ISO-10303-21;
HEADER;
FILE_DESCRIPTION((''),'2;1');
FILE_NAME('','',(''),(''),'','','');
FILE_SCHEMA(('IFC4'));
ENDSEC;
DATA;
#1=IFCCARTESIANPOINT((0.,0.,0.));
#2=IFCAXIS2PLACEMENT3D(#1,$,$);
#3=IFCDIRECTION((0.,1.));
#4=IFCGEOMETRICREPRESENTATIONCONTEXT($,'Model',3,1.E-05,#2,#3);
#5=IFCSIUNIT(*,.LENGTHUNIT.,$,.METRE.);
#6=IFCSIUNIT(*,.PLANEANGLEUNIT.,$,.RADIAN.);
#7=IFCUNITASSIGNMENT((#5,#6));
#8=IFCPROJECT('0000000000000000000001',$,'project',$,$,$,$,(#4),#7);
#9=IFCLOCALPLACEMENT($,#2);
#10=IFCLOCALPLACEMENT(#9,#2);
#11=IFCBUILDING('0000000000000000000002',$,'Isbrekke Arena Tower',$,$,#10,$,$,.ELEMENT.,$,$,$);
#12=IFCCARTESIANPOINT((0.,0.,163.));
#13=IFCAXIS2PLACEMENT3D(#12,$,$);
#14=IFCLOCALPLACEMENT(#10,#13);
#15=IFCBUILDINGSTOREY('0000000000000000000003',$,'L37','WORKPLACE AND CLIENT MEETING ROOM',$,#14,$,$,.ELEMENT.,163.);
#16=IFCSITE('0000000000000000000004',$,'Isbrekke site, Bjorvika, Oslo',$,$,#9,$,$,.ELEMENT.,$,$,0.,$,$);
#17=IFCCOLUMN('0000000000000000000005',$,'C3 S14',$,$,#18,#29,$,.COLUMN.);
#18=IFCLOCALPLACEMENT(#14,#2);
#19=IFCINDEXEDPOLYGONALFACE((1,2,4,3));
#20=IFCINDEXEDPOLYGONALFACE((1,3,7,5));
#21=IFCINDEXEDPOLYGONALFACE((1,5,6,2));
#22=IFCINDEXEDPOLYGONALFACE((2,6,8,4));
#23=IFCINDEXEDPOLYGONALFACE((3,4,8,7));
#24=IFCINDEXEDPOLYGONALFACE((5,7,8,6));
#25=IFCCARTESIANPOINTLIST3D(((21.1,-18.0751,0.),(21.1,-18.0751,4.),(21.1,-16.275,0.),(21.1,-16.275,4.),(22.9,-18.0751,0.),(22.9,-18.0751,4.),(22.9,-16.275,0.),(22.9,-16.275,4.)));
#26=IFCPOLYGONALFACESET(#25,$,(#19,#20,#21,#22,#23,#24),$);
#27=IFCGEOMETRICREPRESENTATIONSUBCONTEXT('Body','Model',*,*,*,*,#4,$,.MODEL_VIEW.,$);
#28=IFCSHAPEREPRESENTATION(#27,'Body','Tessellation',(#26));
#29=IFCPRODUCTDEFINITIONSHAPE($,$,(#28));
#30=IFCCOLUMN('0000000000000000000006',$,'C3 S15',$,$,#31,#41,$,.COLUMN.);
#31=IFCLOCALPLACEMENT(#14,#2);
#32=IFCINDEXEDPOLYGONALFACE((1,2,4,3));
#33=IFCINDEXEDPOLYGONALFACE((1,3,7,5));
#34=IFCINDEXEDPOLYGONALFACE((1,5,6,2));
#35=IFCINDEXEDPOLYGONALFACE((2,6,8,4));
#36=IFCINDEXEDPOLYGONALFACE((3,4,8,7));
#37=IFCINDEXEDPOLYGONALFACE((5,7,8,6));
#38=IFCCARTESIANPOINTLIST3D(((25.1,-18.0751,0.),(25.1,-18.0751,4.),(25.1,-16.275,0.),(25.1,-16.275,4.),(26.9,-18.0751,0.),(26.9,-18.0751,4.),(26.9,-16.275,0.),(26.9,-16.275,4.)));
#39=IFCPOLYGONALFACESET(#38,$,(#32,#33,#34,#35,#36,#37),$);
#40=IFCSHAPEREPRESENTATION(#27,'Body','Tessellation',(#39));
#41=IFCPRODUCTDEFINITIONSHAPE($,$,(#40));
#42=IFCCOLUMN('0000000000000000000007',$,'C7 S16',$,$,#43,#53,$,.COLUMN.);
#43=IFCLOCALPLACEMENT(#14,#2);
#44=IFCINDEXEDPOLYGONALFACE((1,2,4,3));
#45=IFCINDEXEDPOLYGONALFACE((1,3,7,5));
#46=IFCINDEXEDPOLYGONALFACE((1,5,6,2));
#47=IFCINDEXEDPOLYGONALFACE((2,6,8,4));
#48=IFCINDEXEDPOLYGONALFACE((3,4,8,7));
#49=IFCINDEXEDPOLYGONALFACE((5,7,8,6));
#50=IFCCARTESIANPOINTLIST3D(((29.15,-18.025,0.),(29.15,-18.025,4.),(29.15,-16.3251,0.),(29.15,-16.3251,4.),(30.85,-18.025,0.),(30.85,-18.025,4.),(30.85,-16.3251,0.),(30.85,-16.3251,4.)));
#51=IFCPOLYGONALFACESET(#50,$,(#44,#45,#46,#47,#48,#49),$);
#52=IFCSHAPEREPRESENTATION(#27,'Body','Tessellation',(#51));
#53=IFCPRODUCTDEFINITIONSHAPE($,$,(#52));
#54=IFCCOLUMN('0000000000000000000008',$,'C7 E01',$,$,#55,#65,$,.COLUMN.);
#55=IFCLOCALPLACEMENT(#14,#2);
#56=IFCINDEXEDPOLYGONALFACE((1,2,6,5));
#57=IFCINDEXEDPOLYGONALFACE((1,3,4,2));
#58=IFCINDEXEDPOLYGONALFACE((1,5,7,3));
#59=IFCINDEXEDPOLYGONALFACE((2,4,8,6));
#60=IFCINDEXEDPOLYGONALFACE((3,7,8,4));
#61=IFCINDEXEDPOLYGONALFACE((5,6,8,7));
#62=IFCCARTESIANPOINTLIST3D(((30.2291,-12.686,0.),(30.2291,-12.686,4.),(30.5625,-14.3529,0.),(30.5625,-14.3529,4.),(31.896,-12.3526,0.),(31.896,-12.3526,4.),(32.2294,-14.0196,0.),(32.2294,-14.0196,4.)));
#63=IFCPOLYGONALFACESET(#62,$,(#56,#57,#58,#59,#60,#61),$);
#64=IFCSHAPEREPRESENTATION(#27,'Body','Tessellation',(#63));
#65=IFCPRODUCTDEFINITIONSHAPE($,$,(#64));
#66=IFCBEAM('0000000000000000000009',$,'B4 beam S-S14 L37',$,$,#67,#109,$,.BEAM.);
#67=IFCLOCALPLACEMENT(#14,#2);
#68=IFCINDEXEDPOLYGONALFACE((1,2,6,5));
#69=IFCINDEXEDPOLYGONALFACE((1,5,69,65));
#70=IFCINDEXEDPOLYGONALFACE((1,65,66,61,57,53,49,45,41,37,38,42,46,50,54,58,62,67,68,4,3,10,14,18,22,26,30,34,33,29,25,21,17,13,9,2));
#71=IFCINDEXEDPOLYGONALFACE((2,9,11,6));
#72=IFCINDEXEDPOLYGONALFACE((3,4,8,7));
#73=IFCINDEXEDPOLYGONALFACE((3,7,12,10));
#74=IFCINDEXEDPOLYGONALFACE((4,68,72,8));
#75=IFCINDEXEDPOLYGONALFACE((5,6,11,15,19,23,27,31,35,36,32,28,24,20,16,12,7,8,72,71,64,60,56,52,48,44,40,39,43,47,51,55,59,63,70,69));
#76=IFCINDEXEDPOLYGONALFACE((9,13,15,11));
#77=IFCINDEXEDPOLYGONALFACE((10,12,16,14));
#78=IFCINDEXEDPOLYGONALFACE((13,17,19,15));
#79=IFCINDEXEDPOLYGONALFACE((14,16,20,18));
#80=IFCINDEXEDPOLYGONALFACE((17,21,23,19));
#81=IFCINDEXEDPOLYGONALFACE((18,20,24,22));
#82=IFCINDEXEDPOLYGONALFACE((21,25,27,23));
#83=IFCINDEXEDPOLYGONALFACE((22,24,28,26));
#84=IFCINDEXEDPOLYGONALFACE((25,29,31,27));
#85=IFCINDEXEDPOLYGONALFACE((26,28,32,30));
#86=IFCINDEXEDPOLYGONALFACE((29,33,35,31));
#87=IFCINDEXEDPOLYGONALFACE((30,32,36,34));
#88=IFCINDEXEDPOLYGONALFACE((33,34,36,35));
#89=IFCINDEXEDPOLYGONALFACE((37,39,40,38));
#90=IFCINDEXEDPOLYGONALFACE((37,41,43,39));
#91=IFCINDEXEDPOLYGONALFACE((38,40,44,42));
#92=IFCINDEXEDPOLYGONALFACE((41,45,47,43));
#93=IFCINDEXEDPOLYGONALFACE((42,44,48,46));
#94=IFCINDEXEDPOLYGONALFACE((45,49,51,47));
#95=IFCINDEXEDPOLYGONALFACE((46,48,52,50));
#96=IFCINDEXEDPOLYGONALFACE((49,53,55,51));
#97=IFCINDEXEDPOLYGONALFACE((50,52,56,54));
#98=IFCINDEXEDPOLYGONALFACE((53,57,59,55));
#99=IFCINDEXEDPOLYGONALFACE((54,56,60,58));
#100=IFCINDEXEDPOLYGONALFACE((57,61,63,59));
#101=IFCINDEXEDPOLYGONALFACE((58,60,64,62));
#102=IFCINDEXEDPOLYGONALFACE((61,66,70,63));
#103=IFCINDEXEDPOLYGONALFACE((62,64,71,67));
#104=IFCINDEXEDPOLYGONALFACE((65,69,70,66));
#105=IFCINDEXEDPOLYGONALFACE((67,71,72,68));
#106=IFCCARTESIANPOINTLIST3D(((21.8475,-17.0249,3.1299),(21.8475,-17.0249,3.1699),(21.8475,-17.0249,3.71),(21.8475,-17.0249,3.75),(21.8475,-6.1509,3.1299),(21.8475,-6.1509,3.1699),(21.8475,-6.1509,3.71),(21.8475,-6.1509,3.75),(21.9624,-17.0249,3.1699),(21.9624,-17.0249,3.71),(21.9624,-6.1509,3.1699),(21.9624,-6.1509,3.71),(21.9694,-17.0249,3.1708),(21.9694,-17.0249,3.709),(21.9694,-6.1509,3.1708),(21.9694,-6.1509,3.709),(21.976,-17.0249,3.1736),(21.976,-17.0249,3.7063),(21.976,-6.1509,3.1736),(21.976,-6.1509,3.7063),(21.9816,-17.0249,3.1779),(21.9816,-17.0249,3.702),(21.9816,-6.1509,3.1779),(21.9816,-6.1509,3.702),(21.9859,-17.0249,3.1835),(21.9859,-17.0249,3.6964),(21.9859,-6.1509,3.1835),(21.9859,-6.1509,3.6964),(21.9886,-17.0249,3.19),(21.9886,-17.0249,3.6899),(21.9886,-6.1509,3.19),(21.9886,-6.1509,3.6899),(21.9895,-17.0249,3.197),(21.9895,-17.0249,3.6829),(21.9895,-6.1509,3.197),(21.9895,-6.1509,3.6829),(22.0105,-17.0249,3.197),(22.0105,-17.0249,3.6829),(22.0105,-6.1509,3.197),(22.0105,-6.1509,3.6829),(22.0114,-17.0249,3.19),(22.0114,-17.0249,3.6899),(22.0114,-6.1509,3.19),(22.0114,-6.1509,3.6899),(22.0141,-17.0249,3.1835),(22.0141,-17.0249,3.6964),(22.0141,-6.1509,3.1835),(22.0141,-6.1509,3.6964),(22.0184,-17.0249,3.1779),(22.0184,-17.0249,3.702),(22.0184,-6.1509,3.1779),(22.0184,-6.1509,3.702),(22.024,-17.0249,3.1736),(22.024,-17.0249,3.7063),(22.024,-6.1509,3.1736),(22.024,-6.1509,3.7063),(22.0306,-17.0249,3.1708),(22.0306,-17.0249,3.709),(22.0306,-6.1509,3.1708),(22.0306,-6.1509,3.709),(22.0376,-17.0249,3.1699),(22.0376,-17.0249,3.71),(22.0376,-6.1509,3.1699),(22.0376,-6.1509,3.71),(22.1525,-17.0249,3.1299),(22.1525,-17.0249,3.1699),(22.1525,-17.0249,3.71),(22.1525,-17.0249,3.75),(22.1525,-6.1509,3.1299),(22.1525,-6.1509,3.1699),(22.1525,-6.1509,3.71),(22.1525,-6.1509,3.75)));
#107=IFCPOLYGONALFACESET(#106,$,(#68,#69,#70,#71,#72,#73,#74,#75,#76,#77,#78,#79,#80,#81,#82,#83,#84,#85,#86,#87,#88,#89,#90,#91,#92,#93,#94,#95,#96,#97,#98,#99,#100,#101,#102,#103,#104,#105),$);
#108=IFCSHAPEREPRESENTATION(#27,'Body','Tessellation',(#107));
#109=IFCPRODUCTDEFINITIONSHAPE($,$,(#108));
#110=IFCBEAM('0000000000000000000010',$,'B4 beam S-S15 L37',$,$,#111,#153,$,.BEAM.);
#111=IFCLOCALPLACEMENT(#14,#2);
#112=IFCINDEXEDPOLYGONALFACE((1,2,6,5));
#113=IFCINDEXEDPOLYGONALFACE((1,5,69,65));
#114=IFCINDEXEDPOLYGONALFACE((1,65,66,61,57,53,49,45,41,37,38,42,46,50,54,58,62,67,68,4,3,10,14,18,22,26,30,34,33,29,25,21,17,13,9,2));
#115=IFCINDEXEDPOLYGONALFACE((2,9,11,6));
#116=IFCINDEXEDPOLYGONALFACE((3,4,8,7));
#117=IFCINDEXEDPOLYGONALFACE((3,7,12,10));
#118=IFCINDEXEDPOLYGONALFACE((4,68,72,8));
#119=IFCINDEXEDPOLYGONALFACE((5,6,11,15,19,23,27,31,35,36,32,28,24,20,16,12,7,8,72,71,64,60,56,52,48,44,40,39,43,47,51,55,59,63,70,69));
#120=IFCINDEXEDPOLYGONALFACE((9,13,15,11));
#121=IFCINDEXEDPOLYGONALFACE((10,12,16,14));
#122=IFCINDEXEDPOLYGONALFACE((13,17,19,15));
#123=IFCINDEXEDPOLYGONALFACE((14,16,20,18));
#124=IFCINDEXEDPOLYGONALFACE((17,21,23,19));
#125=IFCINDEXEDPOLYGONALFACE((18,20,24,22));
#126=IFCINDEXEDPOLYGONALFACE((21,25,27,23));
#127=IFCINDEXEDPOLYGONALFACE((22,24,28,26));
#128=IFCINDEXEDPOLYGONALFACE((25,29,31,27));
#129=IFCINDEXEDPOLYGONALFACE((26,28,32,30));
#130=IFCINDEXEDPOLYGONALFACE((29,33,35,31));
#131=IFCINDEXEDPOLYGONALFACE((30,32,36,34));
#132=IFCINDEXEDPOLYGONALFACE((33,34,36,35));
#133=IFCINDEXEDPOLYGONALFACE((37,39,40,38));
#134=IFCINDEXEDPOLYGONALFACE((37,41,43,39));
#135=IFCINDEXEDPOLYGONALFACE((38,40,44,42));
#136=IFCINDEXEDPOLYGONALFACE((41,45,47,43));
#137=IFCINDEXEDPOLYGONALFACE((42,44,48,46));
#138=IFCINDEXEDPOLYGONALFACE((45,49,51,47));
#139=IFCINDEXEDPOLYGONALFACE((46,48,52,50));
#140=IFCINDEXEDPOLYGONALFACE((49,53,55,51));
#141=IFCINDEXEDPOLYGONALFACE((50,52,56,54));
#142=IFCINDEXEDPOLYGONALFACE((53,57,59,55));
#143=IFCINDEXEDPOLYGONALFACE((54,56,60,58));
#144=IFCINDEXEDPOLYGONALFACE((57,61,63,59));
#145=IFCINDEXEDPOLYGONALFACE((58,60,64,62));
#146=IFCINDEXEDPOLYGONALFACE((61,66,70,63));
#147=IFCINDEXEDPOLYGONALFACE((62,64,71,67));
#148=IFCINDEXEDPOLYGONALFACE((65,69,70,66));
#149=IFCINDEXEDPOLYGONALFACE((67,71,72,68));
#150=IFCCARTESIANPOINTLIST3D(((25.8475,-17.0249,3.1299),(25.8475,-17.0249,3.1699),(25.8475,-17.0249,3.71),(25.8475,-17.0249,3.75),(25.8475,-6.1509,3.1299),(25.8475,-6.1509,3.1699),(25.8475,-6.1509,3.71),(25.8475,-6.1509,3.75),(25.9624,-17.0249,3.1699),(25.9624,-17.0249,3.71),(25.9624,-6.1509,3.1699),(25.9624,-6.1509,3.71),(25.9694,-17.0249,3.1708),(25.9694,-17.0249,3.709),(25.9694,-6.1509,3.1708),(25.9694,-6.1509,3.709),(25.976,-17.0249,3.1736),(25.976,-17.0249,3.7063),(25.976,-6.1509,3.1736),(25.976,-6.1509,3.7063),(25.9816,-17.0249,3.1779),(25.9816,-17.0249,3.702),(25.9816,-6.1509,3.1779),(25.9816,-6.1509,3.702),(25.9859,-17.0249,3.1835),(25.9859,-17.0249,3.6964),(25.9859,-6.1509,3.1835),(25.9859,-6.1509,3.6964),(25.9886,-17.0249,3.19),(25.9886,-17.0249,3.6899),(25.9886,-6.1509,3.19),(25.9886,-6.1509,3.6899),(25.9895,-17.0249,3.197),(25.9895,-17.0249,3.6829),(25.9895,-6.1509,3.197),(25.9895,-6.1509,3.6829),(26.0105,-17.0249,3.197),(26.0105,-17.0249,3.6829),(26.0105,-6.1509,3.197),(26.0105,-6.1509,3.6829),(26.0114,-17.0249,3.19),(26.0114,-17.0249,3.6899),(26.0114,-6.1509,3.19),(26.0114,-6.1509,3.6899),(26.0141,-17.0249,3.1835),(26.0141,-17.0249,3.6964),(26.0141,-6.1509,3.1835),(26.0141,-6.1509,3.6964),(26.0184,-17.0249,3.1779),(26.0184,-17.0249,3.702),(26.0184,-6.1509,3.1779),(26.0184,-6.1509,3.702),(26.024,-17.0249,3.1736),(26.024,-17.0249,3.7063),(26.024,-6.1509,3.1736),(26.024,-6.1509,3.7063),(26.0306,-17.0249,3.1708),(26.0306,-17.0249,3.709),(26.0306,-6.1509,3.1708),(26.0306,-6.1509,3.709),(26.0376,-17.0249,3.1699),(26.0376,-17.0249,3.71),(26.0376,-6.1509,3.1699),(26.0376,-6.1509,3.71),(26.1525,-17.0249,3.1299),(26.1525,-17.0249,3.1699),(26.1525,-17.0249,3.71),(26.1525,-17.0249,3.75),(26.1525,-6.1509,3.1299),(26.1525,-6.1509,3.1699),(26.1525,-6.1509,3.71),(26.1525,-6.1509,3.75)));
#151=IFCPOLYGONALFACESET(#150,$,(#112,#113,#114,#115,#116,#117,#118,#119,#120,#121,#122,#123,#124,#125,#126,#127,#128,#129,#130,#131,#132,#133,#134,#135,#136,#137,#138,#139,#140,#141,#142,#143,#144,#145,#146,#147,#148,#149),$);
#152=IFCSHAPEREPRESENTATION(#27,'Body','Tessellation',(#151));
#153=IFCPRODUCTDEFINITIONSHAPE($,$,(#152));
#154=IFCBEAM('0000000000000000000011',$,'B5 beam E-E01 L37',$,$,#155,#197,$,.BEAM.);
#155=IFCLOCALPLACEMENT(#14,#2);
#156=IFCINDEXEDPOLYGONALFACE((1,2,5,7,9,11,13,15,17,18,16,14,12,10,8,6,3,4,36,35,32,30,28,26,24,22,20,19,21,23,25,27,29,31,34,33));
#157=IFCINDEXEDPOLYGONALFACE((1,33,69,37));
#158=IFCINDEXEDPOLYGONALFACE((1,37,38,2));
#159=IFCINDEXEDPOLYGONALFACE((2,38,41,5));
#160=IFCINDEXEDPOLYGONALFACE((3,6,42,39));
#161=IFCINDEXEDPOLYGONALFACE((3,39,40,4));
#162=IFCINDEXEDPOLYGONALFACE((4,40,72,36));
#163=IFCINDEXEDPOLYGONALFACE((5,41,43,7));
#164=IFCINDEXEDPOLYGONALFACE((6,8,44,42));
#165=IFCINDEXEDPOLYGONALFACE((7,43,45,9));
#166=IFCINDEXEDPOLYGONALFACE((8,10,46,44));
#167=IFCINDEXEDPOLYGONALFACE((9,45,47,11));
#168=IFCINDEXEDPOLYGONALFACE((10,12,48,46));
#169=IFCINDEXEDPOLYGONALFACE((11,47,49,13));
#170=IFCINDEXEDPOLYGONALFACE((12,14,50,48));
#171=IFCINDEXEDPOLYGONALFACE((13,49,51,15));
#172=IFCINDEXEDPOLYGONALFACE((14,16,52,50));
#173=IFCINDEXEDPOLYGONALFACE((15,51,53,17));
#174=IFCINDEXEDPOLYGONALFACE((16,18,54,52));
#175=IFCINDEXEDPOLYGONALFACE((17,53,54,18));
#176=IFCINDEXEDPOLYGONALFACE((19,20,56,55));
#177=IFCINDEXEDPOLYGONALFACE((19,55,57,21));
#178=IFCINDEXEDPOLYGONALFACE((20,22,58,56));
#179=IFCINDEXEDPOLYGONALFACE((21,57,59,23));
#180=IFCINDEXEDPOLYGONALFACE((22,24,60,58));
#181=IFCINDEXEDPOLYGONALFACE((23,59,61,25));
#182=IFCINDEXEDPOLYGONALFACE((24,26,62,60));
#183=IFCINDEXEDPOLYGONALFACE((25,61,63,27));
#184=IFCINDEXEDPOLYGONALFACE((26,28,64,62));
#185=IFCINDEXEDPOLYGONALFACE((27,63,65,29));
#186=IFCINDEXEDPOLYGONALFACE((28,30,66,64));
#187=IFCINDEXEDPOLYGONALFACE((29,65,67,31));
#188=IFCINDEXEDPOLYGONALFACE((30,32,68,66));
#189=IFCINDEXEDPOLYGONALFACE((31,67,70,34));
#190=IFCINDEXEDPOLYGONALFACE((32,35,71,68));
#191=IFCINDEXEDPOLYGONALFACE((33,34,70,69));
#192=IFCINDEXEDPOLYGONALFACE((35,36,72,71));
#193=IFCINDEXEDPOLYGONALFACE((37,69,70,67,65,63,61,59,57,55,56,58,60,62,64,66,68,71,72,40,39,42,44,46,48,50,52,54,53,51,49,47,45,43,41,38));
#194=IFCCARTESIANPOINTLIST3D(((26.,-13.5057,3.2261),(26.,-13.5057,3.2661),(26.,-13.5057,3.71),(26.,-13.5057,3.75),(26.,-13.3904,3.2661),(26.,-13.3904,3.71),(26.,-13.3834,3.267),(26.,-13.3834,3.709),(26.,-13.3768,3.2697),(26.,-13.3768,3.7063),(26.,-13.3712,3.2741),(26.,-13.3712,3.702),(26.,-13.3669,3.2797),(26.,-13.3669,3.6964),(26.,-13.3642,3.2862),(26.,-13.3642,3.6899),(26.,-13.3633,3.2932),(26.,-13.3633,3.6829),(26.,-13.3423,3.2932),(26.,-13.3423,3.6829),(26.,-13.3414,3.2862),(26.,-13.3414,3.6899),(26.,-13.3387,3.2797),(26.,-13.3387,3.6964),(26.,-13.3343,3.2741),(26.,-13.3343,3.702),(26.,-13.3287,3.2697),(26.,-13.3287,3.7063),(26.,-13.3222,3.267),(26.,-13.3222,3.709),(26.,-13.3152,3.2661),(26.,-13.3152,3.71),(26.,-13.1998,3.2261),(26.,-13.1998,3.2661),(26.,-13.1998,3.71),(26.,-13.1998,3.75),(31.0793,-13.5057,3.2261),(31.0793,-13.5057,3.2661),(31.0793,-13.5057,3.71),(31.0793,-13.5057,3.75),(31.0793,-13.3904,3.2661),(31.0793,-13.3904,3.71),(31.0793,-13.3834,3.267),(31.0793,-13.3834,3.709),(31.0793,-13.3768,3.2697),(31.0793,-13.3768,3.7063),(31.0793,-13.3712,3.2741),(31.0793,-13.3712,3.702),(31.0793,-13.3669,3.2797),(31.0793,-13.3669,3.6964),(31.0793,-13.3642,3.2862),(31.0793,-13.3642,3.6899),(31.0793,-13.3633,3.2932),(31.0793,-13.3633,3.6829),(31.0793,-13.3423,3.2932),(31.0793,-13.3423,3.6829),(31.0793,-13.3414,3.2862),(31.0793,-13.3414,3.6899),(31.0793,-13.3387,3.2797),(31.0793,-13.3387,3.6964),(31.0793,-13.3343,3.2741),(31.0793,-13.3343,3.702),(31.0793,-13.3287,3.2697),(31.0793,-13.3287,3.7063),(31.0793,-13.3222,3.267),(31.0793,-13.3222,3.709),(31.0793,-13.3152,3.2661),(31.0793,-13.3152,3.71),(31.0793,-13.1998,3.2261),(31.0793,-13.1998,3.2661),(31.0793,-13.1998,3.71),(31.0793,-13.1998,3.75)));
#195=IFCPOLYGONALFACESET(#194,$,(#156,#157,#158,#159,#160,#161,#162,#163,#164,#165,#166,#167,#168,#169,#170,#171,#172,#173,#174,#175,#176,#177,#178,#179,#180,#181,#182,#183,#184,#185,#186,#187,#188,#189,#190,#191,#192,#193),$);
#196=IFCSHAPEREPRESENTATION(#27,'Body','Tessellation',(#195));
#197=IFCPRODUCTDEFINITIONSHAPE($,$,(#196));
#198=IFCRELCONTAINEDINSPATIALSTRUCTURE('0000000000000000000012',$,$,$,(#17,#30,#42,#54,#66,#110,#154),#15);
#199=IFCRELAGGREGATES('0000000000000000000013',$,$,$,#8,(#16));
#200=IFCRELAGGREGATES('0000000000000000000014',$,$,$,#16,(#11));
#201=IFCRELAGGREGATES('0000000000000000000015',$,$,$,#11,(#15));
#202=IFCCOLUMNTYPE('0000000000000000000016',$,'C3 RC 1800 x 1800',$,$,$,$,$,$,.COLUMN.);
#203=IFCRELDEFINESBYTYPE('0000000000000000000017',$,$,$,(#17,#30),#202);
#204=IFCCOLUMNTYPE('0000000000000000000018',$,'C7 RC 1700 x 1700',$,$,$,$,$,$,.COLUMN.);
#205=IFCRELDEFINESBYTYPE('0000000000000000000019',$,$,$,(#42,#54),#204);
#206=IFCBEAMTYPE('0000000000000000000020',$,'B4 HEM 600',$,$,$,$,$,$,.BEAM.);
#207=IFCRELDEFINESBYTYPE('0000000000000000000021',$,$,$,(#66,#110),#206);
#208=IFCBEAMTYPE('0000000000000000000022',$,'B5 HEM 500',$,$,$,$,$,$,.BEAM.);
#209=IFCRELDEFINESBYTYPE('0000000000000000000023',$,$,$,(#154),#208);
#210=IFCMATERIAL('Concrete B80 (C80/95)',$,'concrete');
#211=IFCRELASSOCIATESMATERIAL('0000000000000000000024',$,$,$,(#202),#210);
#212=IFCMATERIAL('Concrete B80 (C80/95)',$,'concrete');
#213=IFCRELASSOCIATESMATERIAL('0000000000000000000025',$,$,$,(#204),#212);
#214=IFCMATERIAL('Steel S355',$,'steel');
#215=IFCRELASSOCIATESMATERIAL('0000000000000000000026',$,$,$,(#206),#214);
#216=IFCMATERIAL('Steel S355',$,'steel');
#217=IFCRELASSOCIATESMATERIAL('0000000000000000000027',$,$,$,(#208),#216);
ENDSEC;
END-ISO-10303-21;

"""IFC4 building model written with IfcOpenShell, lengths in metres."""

from ifc_helpers import new_model, si_unit, direction, frame, origin, origin_2d, place, context, subcontext, project, spatial, rectangle, i_section, extrude, material, material_profile, profile_set, type_object, element, save


model = new_model("IFC4")

# Units and contexts
model_context = context("Model", 3, precision=1e-05, world=origin(), true_north=direction((0.0, 1.0)))
body_context = subcontext(model_context, "Body", "Model", "MODEL_VIEW")
ifc_project = project(units=[si_unit("LENGTHUNIT", "METRE"), si_unit("PLANEANGLEUNIT", "RADIAN")], contexts=[model_context])

# Site, building, storey
site_placement = place(None, origin())
site = spatial("IfcSite", under=ifc_project, at=site_placement, Name="Isbrekke site, Bjorvika, Oslo", CompositionType="ELEMENT", RefElevation=0.0)
building_placement = place(site_placement, origin())
building = spatial("IfcBuilding", under=site, at=building_placement, Name="Isbrekke Arena Tower", CompositionType="ELEMENT")
storey_placement = place(building_placement, frame((0.0, 0.0, 163.0)))
storey = spatial("IfcBuildingStorey", under=building, at=storey_placement, Name="L37", Description="WORKPLACE AND CLIENT MEETING ROOM", CompositionType="ELEMENT", Elevation=163.0)

# Columns
ifc_material_1 = material(Name="Concrete B80 (C80/95)", Category="concrete")
ifc_material_profile_1 = material_profile(ifc_material_1, rectangle(XDim=1.8, YDim=1.8, at=origin_2d()), Name="RC 1800x1800")
ifc_profile_set_1 = profile_set([ifc_material_profile_1], Name="Concrete B80 (C80/95)")
column_type_1 = type_object("IfcColumnType", Name="C3 RC 1800 x 1800", PredefinedType="COLUMN", material=ifc_profile_set_1)
for number, where, z_axis, x_axis, name in (
    (1, (22.0, -17.175, 0.0), (0.0, 0.0, 1.0), (1.0, 0.0, 0.0), "C3 S14"),
    (2, (26.0, -17.175, 0.0), (0.0, 0.0, 1.0), (1.0, 0.0, 0.0), "C3 S15"),
):
    element("IfcColumn", number, at=place(storey_placement, frame(where, z_axis=z_axis, x_axis=x_axis)), inside=storey, type_object=column_type_1, Name=name, PredefinedType="COLUMN", context=body_context, shape_type="SweptSolid", body=[
        extrude(rectangle(XDim=1.8, YDim=1.8, at=origin_2d()), origin(), (0.0, 0.0, 1.0), 4.0),
    ])
ifc_material_2 = material(Name="Concrete B80 (C80/95)", Category="concrete")
ifc_material_profile_2 = material_profile(ifc_material_2, rectangle(XDim=1.7, YDim=1.7, at=origin_2d()), Name="RC 1700x1700")
ifc_profile_set_2 = profile_set([ifc_material_profile_2], Name="Concrete B80 (C80/95)")
column_type_2 = type_object("IfcColumnType", Name="C7 RC 1700 x 1700", PredefinedType="COLUMN", material=ifc_profile_set_2)
for number, where, z_axis, x_axis, name in (
    (3, (30.0, -17.175, 0.0), (0.0, 0.0, 1.0), (1.0, 0.0, 0.0), "C7 S16"),
    (4, (31.2292, -13.3528, 0.0), (0.0, 0.0, 1.0), (-0.196116, 0.980581, 0.0), "C7 E01"),
):
    element("IfcColumn", number, at=place(storey_placement, frame(where, z_axis=z_axis, x_axis=x_axis)), inside=storey, type_object=column_type_2, Name=name, PredefinedType="COLUMN", context=body_context, shape_type="SweptSolid", body=[
        extrude(rectangle(XDim=1.7, YDim=1.7, at=origin_2d()), origin(), (0.0, 0.0, 1.0), 4.0),
    ])

# Beams
ifc_material_3 = material(Name="Steel S355", Category="steel")
ifc_material_profile_3 = material_profile(ifc_material_3, i_section(OverallWidth=0.3049, OverallDepth=0.6201, WebThickness=0.021, FlangeThickness=0.04, FilletRadius=0.0271, at=origin_2d()), Name="HEM 600")
ifc_profile_set_3 = profile_set([ifc_material_profile_3], Name="Steel S355")
beam_type_1 = type_object("IfcBeamType", Name="B4 HEM 600", PredefinedType="BEAM", material=ifc_profile_set_3)
for number, where, z_axis, x_axis, name in (
    (5, (22.0, -17.0249, 3.4399), (0.0, 1.0, 0.0), (-1.0, 0.0, 0.0), "B4 beam S-S14 L37"),
    (6, (26.0, -17.0249, 3.4399), (0.0, 1.0, 0.0), (-1.0, 0.0, 0.0), "B4 beam S-S15 L37"),
):
    element("IfcBeam", number, at=place(storey_placement, frame(where, z_axis=z_axis, x_axis=x_axis)), inside=storey, type_object=beam_type_1, Name=name, PredefinedType="BEAM", context=body_context, shape_type="SweptSolid", body=[
        extrude(i_section(OverallWidth=0.3049, OverallDepth=0.6201, WebThickness=0.021, FlangeThickness=0.04, FilletRadius=0.0271, at=origin_2d()), origin(), (0.0, 0.0, 1.0), 10.874),
    ])
ifc_material_4 = material(Name="Steel S355", Category="steel")
ifc_material_profile_4 = material_profile(ifc_material_4, i_section(OverallWidth=0.3059, OverallDepth=0.5239, WebThickness=0.021, FlangeThickness=0.04, FilletRadius=0.0271, at=origin_2d()), Name="HEM 500")
ifc_profile_set_4 = profile_set([ifc_material_profile_4], Name="Steel S355")
beam_type_2 = type_object("IfcBeamType", Name="B5 HEM 500", PredefinedType="BEAM", material=ifc_profile_set_4)
beam_1_placement = place(storey_placement, frame((31.0793, -13.3528, 3.488), z_axis=(-1.0, 0.0, 0.0), x_axis=(0.0, -1.0, 0.0)))
element("IfcBeam", 7, at=beam_1_placement, inside=storey, type_object=beam_type_2, Name="B5 beam E-E01 L37", PredefinedType="BEAM", context=body_context, shape_type="SweptSolid", body=[
    extrude(i_section(OverallWidth=0.3059, OverallDepth=0.5239, WebThickness=0.021, FlangeThickness=0.04, FilletRadius=0.0271, at=origin_2d()), origin(), (0.0, 0.0, 1.0), 5.0793),
])

save(model, "model.ifc")
